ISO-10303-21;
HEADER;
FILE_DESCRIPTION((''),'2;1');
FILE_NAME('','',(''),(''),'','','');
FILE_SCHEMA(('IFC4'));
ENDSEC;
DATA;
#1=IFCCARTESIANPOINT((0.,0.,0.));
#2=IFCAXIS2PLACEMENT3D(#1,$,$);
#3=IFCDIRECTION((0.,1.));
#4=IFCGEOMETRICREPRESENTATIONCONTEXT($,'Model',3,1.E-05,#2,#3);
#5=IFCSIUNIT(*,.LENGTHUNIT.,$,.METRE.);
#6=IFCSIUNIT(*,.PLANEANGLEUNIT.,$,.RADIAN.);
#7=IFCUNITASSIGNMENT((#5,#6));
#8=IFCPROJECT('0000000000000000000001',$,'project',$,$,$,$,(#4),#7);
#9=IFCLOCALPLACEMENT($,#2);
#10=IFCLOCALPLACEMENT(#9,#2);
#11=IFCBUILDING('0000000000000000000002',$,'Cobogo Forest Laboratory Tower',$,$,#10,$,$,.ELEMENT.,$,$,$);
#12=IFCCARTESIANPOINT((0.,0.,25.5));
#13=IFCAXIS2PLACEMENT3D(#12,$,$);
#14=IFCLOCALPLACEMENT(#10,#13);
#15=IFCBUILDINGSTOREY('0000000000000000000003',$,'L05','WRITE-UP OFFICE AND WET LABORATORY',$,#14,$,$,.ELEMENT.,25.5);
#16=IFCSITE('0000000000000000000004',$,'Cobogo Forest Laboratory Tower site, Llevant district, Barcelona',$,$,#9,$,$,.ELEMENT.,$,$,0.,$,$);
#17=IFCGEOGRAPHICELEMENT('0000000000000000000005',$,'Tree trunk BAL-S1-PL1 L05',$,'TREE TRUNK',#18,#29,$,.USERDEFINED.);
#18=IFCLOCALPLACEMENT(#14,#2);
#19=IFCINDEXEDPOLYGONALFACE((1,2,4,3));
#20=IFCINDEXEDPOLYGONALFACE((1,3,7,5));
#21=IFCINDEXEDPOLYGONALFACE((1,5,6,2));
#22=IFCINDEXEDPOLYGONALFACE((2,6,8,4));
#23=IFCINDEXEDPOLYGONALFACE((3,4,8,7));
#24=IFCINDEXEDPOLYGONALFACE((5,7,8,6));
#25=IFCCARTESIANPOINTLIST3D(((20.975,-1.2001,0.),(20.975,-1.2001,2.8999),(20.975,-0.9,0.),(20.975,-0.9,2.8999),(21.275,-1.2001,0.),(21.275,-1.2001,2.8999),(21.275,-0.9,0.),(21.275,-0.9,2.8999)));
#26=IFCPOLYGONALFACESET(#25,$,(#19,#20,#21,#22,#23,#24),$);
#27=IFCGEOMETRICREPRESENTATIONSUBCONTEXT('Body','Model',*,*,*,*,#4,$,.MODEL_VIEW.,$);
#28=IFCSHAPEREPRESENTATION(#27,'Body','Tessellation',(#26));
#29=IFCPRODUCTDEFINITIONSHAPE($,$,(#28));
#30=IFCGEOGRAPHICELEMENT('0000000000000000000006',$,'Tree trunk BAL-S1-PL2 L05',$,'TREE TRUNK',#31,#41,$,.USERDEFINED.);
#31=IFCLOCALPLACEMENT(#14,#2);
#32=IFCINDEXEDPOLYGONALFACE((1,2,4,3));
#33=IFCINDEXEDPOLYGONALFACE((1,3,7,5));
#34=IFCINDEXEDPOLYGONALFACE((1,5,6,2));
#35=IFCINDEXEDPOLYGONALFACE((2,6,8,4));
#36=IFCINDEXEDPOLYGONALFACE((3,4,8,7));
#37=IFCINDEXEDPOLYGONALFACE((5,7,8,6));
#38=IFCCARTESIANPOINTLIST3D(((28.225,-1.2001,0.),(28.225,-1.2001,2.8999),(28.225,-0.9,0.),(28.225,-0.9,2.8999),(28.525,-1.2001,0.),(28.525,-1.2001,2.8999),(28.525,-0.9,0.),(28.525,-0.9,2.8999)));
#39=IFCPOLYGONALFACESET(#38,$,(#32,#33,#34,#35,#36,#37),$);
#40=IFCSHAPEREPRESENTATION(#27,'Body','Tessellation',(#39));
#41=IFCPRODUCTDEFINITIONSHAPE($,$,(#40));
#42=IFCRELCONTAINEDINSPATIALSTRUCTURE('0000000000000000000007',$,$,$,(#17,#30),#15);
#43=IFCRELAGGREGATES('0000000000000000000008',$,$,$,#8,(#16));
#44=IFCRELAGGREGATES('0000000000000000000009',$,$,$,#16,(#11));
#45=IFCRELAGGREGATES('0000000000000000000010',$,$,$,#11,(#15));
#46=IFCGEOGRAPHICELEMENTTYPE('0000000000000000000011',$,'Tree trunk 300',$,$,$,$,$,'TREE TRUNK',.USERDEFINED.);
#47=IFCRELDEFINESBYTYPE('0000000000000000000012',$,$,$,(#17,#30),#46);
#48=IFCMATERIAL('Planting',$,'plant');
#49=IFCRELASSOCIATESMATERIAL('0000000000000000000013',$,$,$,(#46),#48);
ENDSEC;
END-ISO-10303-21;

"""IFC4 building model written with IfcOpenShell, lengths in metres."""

from ifc_helpers import new_model, si_unit, direction, frame, origin, origin_2d, place, context, subcontext, project, spatial, rectangle, extrude, material, type_object, element, save


model = new_model("IFC4")

# Units and contexts
model_context = context("Model", 3, precision=1e-05, world=origin(), true_north=direction((0.0, 1.0)))
body_context = subcontext(model_context, "Body", "Model", "MODEL_VIEW")
ifc_project = project(units=[si_unit("LENGTHUNIT", "METRE"), si_unit("PLANEANGLEUNIT", "RADIAN")], contexts=[model_context])

# Site, building, storey
site_placement = place(None, origin())
site = spatial("IfcSite", under=ifc_project, at=site_placement, Name="Cobogo Forest Laboratory Tower site, Llevant district, Barcelona", CompositionType="ELEMENT", RefElevation=0.0)
building_placement = place(site_placement, origin())
building = spatial("IfcBuilding", under=site, at=building_placement, Name="Cobogo Forest Laboratory Tower", CompositionType="ELEMENT")
storey_placement = place(building_placement, frame((0.0, 0.0, 25.5)))
storey = spatial("IfcBuildingStorey", under=building, at=storey_placement, Name="L05", Description="WRITE-UP OFFICE AND WET LABORATORY", CompositionType="ELEMENT", Elevation=25.5)

# Geographic elements
ifc_material_1 = material(Name="Planting", Category="plant")
geographic_element_type = type_object("IfcGeographicElementType", Name="Tree trunk 300", ElementType="TREE TRUNK", PredefinedType="USERDEFINED", material=ifc_material_1)
for number, where, z_axis, x_axis, name in (
    (1, (21.125, -1.05, 0.0), (0.0, 0.0, 1.0), (1.0, 0.0, 0.0), "Tree trunk BAL-S1-PL1 L05"),
    (2, (28.375, -1.05, 0.0), (0.0, 0.0, 1.0), (1.0, 0.0, 0.0), "Tree trunk BAL-S1-PL2 L05"),
):
    element("IfcGeographicElement", number, at=place(storey_placement, frame(where, z_axis=z_axis, x_axis=x_axis)), inside=storey, type_object=geographic_element_type, Name=name, ObjectType="TREE TRUNK", PredefinedType="USERDEFINED", context=body_context, shape_type="SweptSolid", body=[
        extrude(rectangle(XDim=0.3, YDim=0.3, at=origin_2d()), origin(), (0.0, 0.0, 1.0), 2.8999),
    ])

save(model, "model.ifc")
